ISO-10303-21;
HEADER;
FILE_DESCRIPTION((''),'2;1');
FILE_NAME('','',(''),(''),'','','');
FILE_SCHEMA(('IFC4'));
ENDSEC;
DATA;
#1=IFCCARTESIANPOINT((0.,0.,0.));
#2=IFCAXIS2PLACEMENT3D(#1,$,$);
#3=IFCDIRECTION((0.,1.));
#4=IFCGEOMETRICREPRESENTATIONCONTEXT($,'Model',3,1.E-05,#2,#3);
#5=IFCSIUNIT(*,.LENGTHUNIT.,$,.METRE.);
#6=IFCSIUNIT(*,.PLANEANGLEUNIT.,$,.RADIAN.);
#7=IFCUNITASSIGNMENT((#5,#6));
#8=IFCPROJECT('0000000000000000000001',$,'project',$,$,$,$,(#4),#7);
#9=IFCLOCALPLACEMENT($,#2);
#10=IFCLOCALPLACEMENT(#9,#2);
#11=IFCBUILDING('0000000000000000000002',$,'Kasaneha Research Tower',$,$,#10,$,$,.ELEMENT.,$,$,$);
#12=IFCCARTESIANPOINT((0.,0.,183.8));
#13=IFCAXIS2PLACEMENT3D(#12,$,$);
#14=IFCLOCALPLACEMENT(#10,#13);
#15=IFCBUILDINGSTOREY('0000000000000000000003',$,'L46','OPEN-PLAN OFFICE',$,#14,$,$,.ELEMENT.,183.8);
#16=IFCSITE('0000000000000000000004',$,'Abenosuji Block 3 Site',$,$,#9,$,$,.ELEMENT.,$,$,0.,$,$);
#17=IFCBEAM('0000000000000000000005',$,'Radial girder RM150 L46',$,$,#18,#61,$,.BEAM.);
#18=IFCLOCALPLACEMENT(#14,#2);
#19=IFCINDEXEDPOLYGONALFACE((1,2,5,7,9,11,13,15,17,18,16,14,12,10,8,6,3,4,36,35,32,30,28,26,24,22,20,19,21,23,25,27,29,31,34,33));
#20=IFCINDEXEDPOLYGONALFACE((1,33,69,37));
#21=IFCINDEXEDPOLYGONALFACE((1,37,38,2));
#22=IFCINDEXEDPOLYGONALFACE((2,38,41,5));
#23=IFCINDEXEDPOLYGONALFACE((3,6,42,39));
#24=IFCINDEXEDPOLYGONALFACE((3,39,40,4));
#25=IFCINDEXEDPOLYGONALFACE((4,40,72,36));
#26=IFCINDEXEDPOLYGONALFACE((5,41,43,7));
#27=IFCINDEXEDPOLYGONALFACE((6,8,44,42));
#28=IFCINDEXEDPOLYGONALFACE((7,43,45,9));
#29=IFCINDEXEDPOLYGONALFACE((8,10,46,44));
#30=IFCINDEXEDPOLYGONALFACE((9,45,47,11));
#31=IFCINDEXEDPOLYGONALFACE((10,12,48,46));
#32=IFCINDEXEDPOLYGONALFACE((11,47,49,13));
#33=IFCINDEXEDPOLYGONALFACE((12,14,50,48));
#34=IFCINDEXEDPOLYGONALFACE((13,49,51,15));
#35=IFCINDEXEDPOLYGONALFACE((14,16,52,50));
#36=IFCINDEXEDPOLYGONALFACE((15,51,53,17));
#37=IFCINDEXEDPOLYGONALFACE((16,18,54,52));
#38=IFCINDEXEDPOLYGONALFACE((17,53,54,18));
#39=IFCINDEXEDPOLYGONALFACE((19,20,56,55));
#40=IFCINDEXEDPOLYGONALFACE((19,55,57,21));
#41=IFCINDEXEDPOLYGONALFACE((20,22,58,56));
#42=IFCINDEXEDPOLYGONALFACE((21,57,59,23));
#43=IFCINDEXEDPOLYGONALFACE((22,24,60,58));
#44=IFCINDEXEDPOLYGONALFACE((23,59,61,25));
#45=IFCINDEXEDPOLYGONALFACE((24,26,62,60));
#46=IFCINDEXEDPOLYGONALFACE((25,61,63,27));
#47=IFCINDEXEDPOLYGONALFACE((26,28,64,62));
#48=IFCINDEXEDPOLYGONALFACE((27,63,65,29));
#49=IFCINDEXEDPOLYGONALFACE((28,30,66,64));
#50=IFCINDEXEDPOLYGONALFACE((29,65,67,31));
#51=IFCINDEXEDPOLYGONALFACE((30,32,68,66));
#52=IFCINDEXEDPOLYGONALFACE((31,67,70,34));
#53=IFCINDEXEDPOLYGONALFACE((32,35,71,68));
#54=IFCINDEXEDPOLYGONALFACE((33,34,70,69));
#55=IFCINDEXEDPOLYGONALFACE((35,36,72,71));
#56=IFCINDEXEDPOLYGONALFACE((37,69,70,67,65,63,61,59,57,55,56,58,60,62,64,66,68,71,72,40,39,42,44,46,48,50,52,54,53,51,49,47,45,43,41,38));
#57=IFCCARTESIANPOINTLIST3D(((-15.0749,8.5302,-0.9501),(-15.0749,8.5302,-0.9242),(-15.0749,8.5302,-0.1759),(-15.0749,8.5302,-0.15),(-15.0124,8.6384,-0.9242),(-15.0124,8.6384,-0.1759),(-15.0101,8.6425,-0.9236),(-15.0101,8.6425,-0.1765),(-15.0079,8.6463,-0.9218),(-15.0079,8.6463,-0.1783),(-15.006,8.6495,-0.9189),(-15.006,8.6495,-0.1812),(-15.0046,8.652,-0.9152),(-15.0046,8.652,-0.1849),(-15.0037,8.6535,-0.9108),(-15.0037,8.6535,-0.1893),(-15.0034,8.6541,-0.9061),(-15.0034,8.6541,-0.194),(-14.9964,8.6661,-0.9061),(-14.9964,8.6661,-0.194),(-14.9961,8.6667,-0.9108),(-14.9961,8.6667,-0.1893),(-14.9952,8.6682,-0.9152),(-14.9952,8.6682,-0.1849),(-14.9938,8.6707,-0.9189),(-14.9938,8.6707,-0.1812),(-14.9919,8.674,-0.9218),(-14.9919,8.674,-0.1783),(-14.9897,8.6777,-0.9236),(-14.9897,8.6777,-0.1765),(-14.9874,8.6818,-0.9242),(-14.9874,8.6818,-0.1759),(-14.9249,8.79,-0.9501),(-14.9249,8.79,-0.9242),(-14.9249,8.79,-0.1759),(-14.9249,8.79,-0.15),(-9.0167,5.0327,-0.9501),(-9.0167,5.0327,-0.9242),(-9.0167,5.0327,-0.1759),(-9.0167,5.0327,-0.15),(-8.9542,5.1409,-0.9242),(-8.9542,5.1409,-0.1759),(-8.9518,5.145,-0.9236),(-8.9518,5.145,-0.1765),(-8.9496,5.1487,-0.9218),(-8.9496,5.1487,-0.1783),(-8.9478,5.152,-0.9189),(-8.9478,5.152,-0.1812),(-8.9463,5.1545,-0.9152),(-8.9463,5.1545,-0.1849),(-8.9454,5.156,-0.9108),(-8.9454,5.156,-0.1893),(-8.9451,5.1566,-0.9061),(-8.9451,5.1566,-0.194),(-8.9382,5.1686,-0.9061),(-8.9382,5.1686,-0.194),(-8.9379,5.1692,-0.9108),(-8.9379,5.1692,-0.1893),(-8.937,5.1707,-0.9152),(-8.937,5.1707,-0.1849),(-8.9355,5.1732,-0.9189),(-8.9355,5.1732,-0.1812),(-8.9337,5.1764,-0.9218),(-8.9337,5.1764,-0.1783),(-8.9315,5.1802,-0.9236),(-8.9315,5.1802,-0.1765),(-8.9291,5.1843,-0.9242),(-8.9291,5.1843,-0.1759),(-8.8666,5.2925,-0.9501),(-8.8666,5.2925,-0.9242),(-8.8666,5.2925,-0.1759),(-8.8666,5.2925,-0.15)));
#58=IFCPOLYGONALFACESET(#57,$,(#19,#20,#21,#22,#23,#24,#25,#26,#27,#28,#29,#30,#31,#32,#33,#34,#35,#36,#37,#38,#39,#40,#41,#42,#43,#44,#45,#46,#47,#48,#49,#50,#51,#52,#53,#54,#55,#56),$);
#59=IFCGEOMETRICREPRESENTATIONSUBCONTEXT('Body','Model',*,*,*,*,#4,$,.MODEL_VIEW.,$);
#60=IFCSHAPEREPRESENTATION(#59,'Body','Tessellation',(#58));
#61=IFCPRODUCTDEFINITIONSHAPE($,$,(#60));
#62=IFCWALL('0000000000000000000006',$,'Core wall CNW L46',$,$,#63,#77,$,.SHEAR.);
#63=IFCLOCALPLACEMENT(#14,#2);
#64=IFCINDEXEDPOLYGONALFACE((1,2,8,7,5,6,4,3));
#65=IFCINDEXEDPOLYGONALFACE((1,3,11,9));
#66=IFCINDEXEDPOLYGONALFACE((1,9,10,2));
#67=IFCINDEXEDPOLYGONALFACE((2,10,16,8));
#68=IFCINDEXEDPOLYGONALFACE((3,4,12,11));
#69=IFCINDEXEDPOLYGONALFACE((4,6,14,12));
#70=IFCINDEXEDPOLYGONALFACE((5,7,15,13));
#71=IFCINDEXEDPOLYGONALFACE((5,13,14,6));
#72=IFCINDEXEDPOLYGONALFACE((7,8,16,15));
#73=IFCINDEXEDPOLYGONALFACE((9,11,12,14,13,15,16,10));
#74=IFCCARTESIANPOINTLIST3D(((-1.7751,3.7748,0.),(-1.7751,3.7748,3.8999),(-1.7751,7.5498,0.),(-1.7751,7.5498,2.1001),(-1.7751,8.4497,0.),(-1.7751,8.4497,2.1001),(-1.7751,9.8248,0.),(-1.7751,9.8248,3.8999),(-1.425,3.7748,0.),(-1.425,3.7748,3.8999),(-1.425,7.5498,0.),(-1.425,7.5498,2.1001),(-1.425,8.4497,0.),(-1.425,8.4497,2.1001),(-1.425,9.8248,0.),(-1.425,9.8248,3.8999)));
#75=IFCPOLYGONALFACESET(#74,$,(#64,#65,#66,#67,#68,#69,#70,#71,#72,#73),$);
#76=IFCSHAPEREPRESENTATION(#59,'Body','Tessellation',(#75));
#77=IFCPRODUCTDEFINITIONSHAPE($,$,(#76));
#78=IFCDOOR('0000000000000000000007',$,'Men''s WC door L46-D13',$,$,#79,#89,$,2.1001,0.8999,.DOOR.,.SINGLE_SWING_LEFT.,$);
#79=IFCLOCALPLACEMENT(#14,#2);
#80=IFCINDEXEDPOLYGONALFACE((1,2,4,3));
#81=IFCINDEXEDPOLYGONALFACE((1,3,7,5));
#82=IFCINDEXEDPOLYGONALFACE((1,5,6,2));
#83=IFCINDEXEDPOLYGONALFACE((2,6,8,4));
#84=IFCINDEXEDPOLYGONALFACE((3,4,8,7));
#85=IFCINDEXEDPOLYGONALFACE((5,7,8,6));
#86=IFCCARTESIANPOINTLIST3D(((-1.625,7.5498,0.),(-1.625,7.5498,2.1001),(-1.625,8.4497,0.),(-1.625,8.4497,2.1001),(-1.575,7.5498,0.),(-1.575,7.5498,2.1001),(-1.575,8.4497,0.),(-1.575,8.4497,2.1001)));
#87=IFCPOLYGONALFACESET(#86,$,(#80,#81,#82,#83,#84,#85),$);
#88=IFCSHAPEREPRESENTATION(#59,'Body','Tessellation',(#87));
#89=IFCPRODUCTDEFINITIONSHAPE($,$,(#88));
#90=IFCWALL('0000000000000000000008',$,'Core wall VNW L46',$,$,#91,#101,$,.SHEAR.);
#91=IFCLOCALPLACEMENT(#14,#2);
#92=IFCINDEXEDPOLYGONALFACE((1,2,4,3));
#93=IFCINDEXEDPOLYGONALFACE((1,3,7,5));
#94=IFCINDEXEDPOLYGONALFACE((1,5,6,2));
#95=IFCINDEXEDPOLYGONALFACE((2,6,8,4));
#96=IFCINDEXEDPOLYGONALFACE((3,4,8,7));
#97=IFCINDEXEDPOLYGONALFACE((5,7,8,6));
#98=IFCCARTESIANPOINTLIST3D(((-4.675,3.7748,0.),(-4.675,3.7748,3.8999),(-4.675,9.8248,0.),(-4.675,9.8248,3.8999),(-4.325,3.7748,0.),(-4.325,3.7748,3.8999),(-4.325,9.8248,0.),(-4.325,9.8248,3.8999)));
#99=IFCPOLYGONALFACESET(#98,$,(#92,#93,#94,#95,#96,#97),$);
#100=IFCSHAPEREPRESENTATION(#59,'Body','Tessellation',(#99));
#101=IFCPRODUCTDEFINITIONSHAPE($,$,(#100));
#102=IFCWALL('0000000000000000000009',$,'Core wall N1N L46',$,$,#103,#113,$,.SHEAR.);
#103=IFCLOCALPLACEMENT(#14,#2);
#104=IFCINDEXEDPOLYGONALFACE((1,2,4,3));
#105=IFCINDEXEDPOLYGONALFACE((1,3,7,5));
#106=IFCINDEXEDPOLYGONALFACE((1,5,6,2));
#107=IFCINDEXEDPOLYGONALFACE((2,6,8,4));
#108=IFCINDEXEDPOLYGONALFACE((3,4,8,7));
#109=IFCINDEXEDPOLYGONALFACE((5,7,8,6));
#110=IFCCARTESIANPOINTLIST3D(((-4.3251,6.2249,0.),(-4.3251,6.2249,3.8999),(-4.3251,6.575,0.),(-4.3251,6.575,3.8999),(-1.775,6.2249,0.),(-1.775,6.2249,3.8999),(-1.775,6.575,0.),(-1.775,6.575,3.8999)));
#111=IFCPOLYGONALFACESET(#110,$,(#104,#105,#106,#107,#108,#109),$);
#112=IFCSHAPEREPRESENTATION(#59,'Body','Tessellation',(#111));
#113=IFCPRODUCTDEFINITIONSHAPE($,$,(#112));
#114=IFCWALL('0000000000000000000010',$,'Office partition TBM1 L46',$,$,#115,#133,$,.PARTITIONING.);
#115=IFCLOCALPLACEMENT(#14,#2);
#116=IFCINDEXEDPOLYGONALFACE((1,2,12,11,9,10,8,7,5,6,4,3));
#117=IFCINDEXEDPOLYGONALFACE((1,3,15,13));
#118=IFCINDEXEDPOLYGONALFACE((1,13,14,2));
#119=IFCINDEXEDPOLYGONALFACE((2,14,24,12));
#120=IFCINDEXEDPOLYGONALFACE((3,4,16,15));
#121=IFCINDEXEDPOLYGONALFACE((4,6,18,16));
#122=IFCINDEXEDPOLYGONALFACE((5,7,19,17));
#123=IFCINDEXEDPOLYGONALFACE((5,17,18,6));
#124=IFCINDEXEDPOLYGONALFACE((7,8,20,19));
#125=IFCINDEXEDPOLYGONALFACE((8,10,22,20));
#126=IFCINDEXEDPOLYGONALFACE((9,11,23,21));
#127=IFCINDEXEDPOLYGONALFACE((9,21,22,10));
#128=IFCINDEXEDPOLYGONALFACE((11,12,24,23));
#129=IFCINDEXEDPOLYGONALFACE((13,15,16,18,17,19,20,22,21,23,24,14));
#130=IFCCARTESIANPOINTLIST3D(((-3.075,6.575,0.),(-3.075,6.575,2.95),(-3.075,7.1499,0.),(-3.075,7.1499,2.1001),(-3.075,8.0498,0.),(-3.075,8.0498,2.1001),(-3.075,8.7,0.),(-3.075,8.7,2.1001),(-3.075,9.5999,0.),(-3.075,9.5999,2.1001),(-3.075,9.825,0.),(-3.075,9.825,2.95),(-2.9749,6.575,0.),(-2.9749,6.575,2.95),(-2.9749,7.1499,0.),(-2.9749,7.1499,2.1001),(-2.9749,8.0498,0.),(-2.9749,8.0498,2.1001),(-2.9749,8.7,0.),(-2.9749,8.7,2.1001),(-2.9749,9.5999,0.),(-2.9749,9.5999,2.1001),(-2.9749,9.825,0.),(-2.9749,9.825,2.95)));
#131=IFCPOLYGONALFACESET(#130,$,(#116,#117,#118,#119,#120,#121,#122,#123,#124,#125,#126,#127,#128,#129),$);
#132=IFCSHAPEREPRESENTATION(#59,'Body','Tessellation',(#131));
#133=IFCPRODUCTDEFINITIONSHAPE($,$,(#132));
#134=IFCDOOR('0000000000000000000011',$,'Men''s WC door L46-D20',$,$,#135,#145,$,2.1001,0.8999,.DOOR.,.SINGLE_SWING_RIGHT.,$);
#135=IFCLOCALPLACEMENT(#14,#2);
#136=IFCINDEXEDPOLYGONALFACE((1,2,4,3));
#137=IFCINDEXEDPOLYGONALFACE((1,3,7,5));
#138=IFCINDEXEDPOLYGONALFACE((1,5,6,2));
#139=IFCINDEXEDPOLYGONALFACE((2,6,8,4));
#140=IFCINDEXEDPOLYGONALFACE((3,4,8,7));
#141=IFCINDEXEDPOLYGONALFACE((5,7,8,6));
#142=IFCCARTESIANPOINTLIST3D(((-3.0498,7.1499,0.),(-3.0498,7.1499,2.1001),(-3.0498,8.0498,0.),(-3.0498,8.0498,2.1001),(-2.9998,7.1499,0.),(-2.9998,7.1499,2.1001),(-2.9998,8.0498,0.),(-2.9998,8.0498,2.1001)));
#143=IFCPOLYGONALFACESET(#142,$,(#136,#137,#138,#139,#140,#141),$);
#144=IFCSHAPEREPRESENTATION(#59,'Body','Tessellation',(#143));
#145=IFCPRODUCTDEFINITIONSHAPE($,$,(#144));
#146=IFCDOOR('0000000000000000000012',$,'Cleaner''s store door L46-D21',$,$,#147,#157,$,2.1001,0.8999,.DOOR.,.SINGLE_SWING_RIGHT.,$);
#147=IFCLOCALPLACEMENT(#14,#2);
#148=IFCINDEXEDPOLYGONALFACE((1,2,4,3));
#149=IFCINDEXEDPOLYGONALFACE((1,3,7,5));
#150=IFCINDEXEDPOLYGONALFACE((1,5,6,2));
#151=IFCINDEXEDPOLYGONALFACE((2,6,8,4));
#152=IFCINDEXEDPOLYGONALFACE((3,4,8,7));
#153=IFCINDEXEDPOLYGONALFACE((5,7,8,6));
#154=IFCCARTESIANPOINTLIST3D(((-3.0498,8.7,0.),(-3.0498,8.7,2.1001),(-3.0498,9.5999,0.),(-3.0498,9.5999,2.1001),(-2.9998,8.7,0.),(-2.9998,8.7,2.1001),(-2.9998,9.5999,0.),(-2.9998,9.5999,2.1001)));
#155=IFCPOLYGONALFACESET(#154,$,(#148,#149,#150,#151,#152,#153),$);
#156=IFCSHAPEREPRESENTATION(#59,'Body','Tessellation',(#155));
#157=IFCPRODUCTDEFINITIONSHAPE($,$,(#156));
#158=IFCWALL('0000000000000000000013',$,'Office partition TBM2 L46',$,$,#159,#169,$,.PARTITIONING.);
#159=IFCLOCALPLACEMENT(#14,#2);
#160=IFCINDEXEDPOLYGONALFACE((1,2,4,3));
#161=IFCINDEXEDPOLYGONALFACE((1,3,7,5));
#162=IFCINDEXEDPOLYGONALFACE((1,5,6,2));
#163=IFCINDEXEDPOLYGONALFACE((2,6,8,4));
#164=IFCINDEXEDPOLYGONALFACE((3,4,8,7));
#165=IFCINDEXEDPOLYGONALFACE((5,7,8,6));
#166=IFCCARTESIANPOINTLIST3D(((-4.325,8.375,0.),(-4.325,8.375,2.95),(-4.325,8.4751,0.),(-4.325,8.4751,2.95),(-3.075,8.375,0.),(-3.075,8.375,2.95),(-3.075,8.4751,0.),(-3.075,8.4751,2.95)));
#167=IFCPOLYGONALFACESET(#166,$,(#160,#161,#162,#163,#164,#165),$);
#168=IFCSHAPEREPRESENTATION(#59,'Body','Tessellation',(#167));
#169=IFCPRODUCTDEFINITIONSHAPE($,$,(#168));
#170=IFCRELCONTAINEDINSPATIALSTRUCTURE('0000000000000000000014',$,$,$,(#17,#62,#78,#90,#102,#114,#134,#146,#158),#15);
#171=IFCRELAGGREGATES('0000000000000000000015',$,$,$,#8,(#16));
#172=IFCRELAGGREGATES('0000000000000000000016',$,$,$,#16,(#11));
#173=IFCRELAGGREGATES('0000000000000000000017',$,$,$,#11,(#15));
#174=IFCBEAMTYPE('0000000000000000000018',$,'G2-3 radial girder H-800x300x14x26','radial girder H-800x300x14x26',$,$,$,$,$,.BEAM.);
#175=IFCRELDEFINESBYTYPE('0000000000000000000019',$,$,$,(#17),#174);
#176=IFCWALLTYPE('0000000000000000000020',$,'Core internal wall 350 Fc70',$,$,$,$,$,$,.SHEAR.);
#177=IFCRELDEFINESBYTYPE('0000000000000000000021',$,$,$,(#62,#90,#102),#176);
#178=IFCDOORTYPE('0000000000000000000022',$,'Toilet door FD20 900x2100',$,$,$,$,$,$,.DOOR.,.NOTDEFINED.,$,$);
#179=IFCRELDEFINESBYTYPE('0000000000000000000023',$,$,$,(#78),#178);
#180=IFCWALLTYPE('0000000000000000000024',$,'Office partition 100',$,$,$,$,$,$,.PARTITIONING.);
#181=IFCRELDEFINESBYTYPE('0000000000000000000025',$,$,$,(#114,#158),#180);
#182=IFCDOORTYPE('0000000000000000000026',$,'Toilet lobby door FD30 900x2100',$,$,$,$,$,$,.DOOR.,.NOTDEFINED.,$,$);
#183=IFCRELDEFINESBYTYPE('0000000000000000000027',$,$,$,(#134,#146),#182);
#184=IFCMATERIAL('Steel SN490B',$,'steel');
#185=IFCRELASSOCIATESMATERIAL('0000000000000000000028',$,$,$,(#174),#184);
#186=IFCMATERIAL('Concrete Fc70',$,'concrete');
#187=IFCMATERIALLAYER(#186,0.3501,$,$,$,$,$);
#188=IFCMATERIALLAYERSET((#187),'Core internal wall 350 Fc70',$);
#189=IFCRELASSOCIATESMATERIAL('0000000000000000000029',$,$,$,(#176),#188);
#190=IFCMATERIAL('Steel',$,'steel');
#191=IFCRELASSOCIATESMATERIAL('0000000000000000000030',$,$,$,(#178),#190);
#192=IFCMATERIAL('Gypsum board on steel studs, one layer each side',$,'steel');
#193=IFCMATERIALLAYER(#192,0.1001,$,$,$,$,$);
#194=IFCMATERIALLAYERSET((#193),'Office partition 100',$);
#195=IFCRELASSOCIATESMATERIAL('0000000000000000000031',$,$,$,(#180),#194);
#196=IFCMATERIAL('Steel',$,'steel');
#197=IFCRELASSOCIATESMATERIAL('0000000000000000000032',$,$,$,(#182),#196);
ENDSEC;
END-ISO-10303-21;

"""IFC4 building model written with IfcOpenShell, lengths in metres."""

from ifc_helpers import new_model, si_unit, direction, frame, frame_2d, origin, origin_2d, place, context, subcontext, project, spatial, rectangle, i_section, extrude, material, layer, layer_set, material_profile, profile_set, type_object, element, fill, save


model = new_model("IFC4")

# Units and contexts
model_context = context("Model", 3, precision=1e-05, world=origin(), true_north=direction((0.0, 1.0)))
body_context = subcontext(model_context, "Body", "Model", "MODEL_VIEW")
ifc_project = project(units=[si_unit("LENGTHUNIT", "METRE"), si_unit("PLANEANGLEUNIT", "RADIAN")], contexts=[model_context])

# Site, building, storey
site_placement = place(None, origin())
site = spatial("IfcSite", under=ifc_project, at=site_placement, Name="Abenosuji Block 3 Site", CompositionType="ELEMENT", RefElevation=0.0)
building_placement = place(site_placement, origin())
building = spatial("IfcBuilding", under=site, at=building_placement, Name="Kasaneha Research Tower", CompositionType="ELEMENT")
storey_placement = place(building_placement, frame((0.0, 0.0, 183.8)))
storey = spatial("IfcBuildingStorey", under=building, at=storey_placement, Name="L46", Description="OPEN-PLAN OFFICE", CompositionType="ELEMENT", Elevation=183.8)

# Beam
ifc_material_1 = material(Name="Steel SN490B", Category="steel")
ifc_material_profile = material_profile(ifc_material_1, i_section(OverallWidth=0.3, OverallDepth=0.8, WebThickness=0.0139, FlangeThickness=0.0259, FilletRadius=0.0181, at=origin_2d()), Name="H-800x300x14x26")
ifc_profile_set = profile_set([ifc_material_profile], Name="Steel SN490B")
beam_type = type_object("IfcBeamType", Name="G2-3 radial girder H-800x300x14x26", Description="radial girder H-800x300x14x26", PredefinedType="BEAM", material=ifc_profile_set)
beam_placement = place(storey_placement, frame((-8.9417, 5.1626, -0.55), z_axis=(-0.86604, 0.499975, 0.0), x_axis=(-0.499975, -0.86604, 0.0)))
element("IfcBeam", 1, at=beam_placement, inside=storey, type_object=beam_type, Name="Radial girder RM150 L46", PredefinedType="BEAM", context=body_context, shape_type="SweptSolid", body=[
    extrude(i_section(OverallWidth=0.3, OverallDepth=0.8, WebThickness=0.0139, FlangeThickness=0.0259, FilletRadius=0.0181, at=origin_2d()), origin(), (0.0, 0.0, 1.0), 6.9954),
])

# Shared definitions
ifc_material_2 = material(Name="Concrete Fc70", Category="concrete")
ifc_layer_1 = layer(ifc_material_2, 0.3501)
ifc_layer_set_1 = layer_set([ifc_layer_1], Name="Core internal wall 350 Fc70")
wall_type_1 = type_object("IfcWallType", Name="Core internal wall 350 Fc70", PredefinedType="SHEAR", material=ifc_layer_set_1)

# Wall, opening, door
wall_1_placement = place(storey_placement, frame((-1.6001, 3.7749, 0.0), z_axis=(0.0, 0.0, 1.0), x_axis=(0.0, 1.0, 0.0)))
wall_1 = element("IfcWall", 2, at=wall_1_placement, inside=storey, type_object=wall_type_1, Name="Core wall CNW L46", PredefinedType="SHEAR", context=body_context, shape_type="SweptSolid", body=[
    extrude(rectangle(XDim=6.05, YDim=0.3501, at=frame_2d((3.0249, 0.0))), origin(), (0.0, 0.0, 1.0), 3.8999),
])
opening_1_placement = place(wall_1_placement, frame((3.7749, 0.0, 0.0)))
opening_1 = element("IfcOpeningElement", 3, at=opening_1_placement, cuts=wall_1, PredefinedType="OPENING", context=body_context, shape_type="SweptSolid", body=[
    extrude(rectangle(XDim=0.8999, YDim=2.1001, at=frame_2d((0.45, 1.05))), frame((0.0, 0.1851, 0.0), z_axis=(0.0, -1.0, 0.0), x_axis=(1.0, 0.0, 0.0)), (0.0, 0.0, 1.0), 0.3701),
])
ifc_material_3 = material(Name="Steel", Category="steel")
door_type_1 = type_object("IfcDoorType", Name="Toilet door FD20 900x2100", OperationType="NOTDEFINED", PredefinedType="DOOR", material=ifc_material_3)
door_1_placement = place(opening_1_placement, origin())
door_1 = element("IfcDoor", 4, at=door_1_placement, inside=storey, type_object=door_type_1, Name="Men's WC door L46-D13", OperationType="SINGLE_SWING_LEFT", OverallHeight=2.1001, OverallWidth=0.8999, PredefinedType="DOOR", context=body_context, shape_type="SweptSolid", body=[
    extrude(rectangle(XDim=0.8999, YDim=2.1001, at=frame_2d((0.45, 1.05))), frame((0.0, 0.0249, 0.0), z_axis=(0.0, -1.0, 0.0), x_axis=(1.0, 0.0, 0.0)), (0.0, 0.0, 1.0), 0.05),
])
fill(opening_1, door_1)

# Walls
wall_2_placement = place(storey_placement, frame((-4.5, 3.7749, 0.0), z_axis=(0.0, 0.0, 1.0), x_axis=(0.0, 1.0, 0.0)))
element("IfcWall", 5, at=wall_2_placement, inside=storey, type_object=wall_type_1, Name="Core wall VNW L46", PredefinedType="SHEAR", context=body_context, shape_type="SweptSolid", body=[
    extrude(rectangle(XDim=6.05, YDim=0.3501, at=frame_2d((3.0249, 0.0))), origin(), (0.0, 0.0, 1.0), 3.8999),
])
wall_3_placement = place(storey_placement, frame((-4.325, 6.3999, 0.0), z_axis=(0.0, 0.0, 1.0), x_axis=(1.0, 0.0, 0.0)))
element("IfcWall", 6, at=wall_3_placement, inside=storey, type_object=wall_type_1, Name="Core wall N1N L46", PredefinedType="SHEAR", context=body_context, shape_type="SweptSolid", body=[
    extrude(rectangle(XDim=2.55, YDim=0.3501, at=frame_2d((1.2749, 0.0))), origin(), (0.0, 0.0, 1.0), 3.8999),
])

# Wall, openings, doors
ifc_material_4 = material(Name="Gypsum board on steel studs, one layer each side", Category="steel")
ifc_layer_2 = layer(ifc_material_4, 0.1001)
ifc_layer_set_2 = layer_set([ifc_layer_2], Name="Office partition 100")
wall_type_2 = type_object("IfcWallType", Name="Office partition 100", PredefinedType="PARTITIONING", material=ifc_layer_set_2)
wall_4_placement = place(storey_placement, frame((-3.0249, 6.575, 0.0), z_axis=(0.0, 0.0, 1.0), x_axis=(0.0, 1.0, 0.0)))
wall_4 = element("IfcWall", 7, at=wall_4_placement, inside=storey, type_object=wall_type_2, Name="Office partition TBM1 L46", PredefinedType="PARTITIONING", context=body_context, shape_type="SweptSolid", body=[
    extrude(rectangle(XDim=3.25, YDim=0.1001, at=frame_2d((1.625, 0.0))), origin(), (0.0, 0.0, 1.0), 2.95),
])
opening_2_placement = place(wall_4_placement, frame((0.575, 0.0, 0.0)))
opening_2 = element("IfcOpeningElement", 8, at=opening_2_placement, cuts=wall_4, PredefinedType="OPENING", context=body_context, shape_type="SweptSolid", body=[
    extrude(rectangle(XDim=0.8999, YDim=2.1001, at=frame_2d((0.45, 1.05))), frame((0.0, 0.0601, 0.0), z_axis=(0.0, -1.0, 0.0), x_axis=(1.0, 0.0, 0.0)), (0.0, 0.0, 1.0), 0.1201),
])
opening_3_placement = place(wall_4_placement, frame((2.125, 0.0, 0.0)))
opening_3 = element("IfcOpeningElement", 9, at=opening_3_placement, cuts=wall_4, PredefinedType="OPENING", context=body_context, shape_type="SweptSolid", body=[
    extrude(rectangle(XDim=0.8999, YDim=2.1001, at=frame_2d((0.45, 1.05))), frame((0.0, 0.0601, 0.0), z_axis=(0.0, -1.0, 0.0), x_axis=(1.0, 0.0, 0.0)), (0.0, 0.0, 1.0), 0.1201),
])
ifc_material_5 = material(Name="Steel", Category="steel")
door_type_2 = type_object("IfcDoorType", Name="Toilet lobby door FD30 900x2100", OperationType="NOTDEFINED", PredefinedType="DOOR", material=ifc_material_5)
door_2_placement = place(opening_2_placement, origin())
door_2 = element("IfcDoor", 10, at=door_2_placement, inside=storey, type_object=door_type_2, Name="Men's WC door L46-D20", OperationType="SINGLE_SWING_RIGHT", OverallHeight=2.1001, OverallWidth=0.8999, PredefinedType="DOOR", context=body_context, shape_type="SweptSolid", body=[
    extrude(rectangle(XDim=0.8999, YDim=2.1001, at=frame_2d((0.45, 1.05))), frame((0.0, 0.0249, 0.0), z_axis=(0.0, -1.0, 0.0), x_axis=(1.0, 0.0, 0.0)), (0.0, 0.0, 1.0), 0.05),
])
fill(opening_2, door_2)
door_3_placement = place(opening_3_placement, origin())
door_3 = element("IfcDoor", 11, at=door_3_placement, inside=storey, type_object=door_type_2, Name="Cleaner's store door L46-D21", OperationType="SINGLE_SWING_RIGHT", OverallHeight=2.1001, OverallWidth=0.8999, PredefinedType="DOOR", context=body_context, shape_type="SweptSolid", body=[
    extrude(rectangle(XDim=0.8999, YDim=2.1001, at=frame_2d((0.45, 1.05))), frame((0.0, 0.0249, 0.0), z_axis=(0.0, -1.0, 0.0), x_axis=(1.0, 0.0, 0.0)), (0.0, 0.0, 1.0), 0.05),
])
fill(opening_3, door_3)

# Wall
wall_5_placement = place(storey_placement, frame((-3.075, 8.425, 0.0), z_axis=(0.0, 0.0, 1.0), x_axis=(-1.0, 0.0, 0.0)))
element("IfcWall", 12, at=wall_5_placement, inside=storey, type_object=wall_type_2, Name="Office partition TBM2 L46", PredefinedType="PARTITIONING", context=body_context, shape_type="SweptSolid", body=[
    extrude(rectangle(XDim=1.25, YDim=0.1001, at=frame_2d((0.625, 0.0))), origin(), (0.0, 0.0, 1.0), 2.95),
])

save(model, "model.ifc")
